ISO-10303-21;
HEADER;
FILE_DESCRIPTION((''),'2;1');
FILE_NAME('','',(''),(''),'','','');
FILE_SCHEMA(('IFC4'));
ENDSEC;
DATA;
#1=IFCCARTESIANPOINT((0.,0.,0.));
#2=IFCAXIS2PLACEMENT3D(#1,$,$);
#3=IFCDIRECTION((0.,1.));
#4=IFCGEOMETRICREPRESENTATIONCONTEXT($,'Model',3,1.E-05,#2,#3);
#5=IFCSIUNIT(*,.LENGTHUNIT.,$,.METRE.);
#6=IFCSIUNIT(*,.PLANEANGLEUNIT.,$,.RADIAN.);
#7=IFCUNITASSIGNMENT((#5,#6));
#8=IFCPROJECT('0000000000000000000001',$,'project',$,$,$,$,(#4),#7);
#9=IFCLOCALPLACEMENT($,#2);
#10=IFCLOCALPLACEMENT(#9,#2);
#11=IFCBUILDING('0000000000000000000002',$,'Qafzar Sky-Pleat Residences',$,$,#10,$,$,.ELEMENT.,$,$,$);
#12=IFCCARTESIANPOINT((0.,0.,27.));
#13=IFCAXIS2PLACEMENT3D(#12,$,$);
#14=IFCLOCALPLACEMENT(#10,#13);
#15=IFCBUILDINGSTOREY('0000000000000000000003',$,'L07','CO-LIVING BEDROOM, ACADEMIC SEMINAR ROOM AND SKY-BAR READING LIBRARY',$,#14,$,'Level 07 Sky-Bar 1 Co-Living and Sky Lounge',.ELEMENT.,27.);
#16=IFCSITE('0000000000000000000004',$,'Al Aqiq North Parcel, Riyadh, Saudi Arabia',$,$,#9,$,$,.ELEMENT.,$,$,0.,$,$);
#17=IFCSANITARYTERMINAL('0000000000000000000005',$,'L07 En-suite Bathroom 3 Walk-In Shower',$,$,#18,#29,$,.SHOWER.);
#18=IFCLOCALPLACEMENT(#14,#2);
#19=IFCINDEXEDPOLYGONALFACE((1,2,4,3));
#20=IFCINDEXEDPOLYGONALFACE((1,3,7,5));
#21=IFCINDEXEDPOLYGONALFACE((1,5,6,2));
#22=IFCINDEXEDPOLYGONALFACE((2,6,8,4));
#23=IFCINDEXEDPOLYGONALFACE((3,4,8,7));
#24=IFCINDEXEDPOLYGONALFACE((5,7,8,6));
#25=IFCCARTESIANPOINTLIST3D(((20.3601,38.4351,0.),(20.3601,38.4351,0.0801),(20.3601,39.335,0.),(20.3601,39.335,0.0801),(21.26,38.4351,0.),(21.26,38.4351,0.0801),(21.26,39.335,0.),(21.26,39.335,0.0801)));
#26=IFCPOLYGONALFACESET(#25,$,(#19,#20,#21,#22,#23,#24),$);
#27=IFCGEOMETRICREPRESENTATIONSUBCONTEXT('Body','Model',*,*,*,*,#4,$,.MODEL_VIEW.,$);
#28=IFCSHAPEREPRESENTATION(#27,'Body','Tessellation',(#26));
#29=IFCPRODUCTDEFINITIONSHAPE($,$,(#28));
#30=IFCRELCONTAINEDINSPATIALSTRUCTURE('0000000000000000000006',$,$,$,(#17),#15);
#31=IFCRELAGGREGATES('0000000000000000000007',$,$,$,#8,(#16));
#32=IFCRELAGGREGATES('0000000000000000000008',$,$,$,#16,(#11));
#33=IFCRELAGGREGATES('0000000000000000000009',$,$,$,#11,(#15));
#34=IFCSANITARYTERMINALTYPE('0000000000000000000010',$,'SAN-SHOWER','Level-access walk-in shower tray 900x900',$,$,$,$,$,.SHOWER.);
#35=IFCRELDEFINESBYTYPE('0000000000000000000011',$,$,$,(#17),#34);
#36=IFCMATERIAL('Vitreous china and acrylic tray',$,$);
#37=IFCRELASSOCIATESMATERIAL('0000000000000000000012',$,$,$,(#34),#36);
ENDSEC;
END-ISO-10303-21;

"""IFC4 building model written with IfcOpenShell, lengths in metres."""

from ifc_helpers import new_model, si_unit, direction, frame, origin, origin_2d, place, context, subcontext, project, spatial, rectangle, extrude, source, transform, mapped, material, type_object, element, save


model = new_model("IFC4")

# Units and contexts
model_context = context("Model", 3, precision=1e-05, world=origin(), true_north=direction((0.0, 1.0)))
body_context = subcontext(model_context, "Body", "Model", "MODEL_VIEW")
ifc_project = project(units=[si_unit("LENGTHUNIT", "METRE"), si_unit("PLANEANGLEUNIT", "RADIAN")], contexts=[model_context])

# Site, building, storey
site_placement = place(None, origin())
site = spatial("IfcSite", under=ifc_project, at=site_placement, Name="Al Aqiq North Parcel, Riyadh, Saudi Arabia", CompositionType="ELEMENT", RefElevation=0.0)
building_placement = place(site_placement, origin())
building = spatial("IfcBuilding", under=site, at=building_placement, Name="Qafzar Sky-Pleat Residences", CompositionType="ELEMENT")
storey_placement = place(building_placement, frame((0.0, 0.0, 27.0)))
storey = spatial("IfcBuildingStorey", under=building, at=storey_placement, Name="L07", Description="CO-LIVING BEDROOM, ACADEMIC SEMINAR ROOM AND SKY-BAR READING LIBRARY", LongName="Level 07 Sky-Bar 1 Co-Living and Sky Lounge", CompositionType="ELEMENT", Elevation=27.0)

# Sanitary terminal
ifc_material_1 = material(Name="Vitreous china and acrylic tray")
sanitary_terminal_type_1 = type_object("IfcSanitaryTerminalType", Name="SAN-SHOWER", Description="Level-access walk-in shower tray 900x900", PredefinedType="SHOWER", material=ifc_material_1)
shared_shape_1 = source(origin(), body_context, "Body", "SweptSolid", [
    extrude(rectangle(XDim=0.8999, YDim=0.8999, at=origin_2d()), origin(), (0.0, 0.0, 1.0), 0.0801),
])
sanitary_terminal_1_placement = place(storey_placement, frame((20.8101, 38.885, 0.0), z_axis=(0.0, 0.0, 1.0), x_axis=(1.0, 0.0, 0.0)))
element("IfcSanitaryTerminal", 1, at=sanitary_terminal_1_placement, inside=storey, type_object=sanitary_terminal_type_1, Name="L07 En-suite Bathroom 3 Walk-In Shower", PredefinedType="SHOWER", context=body_context, shape_type="MappedRepresentation", body=[
    mapped(shared_shape_1, transform((0.0, 0.0, 0.0), x_axis=(1.0, 0.0, 0.0), y_axis=(0.0, 1.0, 0.0), z_axis=(0.0, 0.0, 1.0), scale=1.0)),
])

save(model, "model.ifc")
